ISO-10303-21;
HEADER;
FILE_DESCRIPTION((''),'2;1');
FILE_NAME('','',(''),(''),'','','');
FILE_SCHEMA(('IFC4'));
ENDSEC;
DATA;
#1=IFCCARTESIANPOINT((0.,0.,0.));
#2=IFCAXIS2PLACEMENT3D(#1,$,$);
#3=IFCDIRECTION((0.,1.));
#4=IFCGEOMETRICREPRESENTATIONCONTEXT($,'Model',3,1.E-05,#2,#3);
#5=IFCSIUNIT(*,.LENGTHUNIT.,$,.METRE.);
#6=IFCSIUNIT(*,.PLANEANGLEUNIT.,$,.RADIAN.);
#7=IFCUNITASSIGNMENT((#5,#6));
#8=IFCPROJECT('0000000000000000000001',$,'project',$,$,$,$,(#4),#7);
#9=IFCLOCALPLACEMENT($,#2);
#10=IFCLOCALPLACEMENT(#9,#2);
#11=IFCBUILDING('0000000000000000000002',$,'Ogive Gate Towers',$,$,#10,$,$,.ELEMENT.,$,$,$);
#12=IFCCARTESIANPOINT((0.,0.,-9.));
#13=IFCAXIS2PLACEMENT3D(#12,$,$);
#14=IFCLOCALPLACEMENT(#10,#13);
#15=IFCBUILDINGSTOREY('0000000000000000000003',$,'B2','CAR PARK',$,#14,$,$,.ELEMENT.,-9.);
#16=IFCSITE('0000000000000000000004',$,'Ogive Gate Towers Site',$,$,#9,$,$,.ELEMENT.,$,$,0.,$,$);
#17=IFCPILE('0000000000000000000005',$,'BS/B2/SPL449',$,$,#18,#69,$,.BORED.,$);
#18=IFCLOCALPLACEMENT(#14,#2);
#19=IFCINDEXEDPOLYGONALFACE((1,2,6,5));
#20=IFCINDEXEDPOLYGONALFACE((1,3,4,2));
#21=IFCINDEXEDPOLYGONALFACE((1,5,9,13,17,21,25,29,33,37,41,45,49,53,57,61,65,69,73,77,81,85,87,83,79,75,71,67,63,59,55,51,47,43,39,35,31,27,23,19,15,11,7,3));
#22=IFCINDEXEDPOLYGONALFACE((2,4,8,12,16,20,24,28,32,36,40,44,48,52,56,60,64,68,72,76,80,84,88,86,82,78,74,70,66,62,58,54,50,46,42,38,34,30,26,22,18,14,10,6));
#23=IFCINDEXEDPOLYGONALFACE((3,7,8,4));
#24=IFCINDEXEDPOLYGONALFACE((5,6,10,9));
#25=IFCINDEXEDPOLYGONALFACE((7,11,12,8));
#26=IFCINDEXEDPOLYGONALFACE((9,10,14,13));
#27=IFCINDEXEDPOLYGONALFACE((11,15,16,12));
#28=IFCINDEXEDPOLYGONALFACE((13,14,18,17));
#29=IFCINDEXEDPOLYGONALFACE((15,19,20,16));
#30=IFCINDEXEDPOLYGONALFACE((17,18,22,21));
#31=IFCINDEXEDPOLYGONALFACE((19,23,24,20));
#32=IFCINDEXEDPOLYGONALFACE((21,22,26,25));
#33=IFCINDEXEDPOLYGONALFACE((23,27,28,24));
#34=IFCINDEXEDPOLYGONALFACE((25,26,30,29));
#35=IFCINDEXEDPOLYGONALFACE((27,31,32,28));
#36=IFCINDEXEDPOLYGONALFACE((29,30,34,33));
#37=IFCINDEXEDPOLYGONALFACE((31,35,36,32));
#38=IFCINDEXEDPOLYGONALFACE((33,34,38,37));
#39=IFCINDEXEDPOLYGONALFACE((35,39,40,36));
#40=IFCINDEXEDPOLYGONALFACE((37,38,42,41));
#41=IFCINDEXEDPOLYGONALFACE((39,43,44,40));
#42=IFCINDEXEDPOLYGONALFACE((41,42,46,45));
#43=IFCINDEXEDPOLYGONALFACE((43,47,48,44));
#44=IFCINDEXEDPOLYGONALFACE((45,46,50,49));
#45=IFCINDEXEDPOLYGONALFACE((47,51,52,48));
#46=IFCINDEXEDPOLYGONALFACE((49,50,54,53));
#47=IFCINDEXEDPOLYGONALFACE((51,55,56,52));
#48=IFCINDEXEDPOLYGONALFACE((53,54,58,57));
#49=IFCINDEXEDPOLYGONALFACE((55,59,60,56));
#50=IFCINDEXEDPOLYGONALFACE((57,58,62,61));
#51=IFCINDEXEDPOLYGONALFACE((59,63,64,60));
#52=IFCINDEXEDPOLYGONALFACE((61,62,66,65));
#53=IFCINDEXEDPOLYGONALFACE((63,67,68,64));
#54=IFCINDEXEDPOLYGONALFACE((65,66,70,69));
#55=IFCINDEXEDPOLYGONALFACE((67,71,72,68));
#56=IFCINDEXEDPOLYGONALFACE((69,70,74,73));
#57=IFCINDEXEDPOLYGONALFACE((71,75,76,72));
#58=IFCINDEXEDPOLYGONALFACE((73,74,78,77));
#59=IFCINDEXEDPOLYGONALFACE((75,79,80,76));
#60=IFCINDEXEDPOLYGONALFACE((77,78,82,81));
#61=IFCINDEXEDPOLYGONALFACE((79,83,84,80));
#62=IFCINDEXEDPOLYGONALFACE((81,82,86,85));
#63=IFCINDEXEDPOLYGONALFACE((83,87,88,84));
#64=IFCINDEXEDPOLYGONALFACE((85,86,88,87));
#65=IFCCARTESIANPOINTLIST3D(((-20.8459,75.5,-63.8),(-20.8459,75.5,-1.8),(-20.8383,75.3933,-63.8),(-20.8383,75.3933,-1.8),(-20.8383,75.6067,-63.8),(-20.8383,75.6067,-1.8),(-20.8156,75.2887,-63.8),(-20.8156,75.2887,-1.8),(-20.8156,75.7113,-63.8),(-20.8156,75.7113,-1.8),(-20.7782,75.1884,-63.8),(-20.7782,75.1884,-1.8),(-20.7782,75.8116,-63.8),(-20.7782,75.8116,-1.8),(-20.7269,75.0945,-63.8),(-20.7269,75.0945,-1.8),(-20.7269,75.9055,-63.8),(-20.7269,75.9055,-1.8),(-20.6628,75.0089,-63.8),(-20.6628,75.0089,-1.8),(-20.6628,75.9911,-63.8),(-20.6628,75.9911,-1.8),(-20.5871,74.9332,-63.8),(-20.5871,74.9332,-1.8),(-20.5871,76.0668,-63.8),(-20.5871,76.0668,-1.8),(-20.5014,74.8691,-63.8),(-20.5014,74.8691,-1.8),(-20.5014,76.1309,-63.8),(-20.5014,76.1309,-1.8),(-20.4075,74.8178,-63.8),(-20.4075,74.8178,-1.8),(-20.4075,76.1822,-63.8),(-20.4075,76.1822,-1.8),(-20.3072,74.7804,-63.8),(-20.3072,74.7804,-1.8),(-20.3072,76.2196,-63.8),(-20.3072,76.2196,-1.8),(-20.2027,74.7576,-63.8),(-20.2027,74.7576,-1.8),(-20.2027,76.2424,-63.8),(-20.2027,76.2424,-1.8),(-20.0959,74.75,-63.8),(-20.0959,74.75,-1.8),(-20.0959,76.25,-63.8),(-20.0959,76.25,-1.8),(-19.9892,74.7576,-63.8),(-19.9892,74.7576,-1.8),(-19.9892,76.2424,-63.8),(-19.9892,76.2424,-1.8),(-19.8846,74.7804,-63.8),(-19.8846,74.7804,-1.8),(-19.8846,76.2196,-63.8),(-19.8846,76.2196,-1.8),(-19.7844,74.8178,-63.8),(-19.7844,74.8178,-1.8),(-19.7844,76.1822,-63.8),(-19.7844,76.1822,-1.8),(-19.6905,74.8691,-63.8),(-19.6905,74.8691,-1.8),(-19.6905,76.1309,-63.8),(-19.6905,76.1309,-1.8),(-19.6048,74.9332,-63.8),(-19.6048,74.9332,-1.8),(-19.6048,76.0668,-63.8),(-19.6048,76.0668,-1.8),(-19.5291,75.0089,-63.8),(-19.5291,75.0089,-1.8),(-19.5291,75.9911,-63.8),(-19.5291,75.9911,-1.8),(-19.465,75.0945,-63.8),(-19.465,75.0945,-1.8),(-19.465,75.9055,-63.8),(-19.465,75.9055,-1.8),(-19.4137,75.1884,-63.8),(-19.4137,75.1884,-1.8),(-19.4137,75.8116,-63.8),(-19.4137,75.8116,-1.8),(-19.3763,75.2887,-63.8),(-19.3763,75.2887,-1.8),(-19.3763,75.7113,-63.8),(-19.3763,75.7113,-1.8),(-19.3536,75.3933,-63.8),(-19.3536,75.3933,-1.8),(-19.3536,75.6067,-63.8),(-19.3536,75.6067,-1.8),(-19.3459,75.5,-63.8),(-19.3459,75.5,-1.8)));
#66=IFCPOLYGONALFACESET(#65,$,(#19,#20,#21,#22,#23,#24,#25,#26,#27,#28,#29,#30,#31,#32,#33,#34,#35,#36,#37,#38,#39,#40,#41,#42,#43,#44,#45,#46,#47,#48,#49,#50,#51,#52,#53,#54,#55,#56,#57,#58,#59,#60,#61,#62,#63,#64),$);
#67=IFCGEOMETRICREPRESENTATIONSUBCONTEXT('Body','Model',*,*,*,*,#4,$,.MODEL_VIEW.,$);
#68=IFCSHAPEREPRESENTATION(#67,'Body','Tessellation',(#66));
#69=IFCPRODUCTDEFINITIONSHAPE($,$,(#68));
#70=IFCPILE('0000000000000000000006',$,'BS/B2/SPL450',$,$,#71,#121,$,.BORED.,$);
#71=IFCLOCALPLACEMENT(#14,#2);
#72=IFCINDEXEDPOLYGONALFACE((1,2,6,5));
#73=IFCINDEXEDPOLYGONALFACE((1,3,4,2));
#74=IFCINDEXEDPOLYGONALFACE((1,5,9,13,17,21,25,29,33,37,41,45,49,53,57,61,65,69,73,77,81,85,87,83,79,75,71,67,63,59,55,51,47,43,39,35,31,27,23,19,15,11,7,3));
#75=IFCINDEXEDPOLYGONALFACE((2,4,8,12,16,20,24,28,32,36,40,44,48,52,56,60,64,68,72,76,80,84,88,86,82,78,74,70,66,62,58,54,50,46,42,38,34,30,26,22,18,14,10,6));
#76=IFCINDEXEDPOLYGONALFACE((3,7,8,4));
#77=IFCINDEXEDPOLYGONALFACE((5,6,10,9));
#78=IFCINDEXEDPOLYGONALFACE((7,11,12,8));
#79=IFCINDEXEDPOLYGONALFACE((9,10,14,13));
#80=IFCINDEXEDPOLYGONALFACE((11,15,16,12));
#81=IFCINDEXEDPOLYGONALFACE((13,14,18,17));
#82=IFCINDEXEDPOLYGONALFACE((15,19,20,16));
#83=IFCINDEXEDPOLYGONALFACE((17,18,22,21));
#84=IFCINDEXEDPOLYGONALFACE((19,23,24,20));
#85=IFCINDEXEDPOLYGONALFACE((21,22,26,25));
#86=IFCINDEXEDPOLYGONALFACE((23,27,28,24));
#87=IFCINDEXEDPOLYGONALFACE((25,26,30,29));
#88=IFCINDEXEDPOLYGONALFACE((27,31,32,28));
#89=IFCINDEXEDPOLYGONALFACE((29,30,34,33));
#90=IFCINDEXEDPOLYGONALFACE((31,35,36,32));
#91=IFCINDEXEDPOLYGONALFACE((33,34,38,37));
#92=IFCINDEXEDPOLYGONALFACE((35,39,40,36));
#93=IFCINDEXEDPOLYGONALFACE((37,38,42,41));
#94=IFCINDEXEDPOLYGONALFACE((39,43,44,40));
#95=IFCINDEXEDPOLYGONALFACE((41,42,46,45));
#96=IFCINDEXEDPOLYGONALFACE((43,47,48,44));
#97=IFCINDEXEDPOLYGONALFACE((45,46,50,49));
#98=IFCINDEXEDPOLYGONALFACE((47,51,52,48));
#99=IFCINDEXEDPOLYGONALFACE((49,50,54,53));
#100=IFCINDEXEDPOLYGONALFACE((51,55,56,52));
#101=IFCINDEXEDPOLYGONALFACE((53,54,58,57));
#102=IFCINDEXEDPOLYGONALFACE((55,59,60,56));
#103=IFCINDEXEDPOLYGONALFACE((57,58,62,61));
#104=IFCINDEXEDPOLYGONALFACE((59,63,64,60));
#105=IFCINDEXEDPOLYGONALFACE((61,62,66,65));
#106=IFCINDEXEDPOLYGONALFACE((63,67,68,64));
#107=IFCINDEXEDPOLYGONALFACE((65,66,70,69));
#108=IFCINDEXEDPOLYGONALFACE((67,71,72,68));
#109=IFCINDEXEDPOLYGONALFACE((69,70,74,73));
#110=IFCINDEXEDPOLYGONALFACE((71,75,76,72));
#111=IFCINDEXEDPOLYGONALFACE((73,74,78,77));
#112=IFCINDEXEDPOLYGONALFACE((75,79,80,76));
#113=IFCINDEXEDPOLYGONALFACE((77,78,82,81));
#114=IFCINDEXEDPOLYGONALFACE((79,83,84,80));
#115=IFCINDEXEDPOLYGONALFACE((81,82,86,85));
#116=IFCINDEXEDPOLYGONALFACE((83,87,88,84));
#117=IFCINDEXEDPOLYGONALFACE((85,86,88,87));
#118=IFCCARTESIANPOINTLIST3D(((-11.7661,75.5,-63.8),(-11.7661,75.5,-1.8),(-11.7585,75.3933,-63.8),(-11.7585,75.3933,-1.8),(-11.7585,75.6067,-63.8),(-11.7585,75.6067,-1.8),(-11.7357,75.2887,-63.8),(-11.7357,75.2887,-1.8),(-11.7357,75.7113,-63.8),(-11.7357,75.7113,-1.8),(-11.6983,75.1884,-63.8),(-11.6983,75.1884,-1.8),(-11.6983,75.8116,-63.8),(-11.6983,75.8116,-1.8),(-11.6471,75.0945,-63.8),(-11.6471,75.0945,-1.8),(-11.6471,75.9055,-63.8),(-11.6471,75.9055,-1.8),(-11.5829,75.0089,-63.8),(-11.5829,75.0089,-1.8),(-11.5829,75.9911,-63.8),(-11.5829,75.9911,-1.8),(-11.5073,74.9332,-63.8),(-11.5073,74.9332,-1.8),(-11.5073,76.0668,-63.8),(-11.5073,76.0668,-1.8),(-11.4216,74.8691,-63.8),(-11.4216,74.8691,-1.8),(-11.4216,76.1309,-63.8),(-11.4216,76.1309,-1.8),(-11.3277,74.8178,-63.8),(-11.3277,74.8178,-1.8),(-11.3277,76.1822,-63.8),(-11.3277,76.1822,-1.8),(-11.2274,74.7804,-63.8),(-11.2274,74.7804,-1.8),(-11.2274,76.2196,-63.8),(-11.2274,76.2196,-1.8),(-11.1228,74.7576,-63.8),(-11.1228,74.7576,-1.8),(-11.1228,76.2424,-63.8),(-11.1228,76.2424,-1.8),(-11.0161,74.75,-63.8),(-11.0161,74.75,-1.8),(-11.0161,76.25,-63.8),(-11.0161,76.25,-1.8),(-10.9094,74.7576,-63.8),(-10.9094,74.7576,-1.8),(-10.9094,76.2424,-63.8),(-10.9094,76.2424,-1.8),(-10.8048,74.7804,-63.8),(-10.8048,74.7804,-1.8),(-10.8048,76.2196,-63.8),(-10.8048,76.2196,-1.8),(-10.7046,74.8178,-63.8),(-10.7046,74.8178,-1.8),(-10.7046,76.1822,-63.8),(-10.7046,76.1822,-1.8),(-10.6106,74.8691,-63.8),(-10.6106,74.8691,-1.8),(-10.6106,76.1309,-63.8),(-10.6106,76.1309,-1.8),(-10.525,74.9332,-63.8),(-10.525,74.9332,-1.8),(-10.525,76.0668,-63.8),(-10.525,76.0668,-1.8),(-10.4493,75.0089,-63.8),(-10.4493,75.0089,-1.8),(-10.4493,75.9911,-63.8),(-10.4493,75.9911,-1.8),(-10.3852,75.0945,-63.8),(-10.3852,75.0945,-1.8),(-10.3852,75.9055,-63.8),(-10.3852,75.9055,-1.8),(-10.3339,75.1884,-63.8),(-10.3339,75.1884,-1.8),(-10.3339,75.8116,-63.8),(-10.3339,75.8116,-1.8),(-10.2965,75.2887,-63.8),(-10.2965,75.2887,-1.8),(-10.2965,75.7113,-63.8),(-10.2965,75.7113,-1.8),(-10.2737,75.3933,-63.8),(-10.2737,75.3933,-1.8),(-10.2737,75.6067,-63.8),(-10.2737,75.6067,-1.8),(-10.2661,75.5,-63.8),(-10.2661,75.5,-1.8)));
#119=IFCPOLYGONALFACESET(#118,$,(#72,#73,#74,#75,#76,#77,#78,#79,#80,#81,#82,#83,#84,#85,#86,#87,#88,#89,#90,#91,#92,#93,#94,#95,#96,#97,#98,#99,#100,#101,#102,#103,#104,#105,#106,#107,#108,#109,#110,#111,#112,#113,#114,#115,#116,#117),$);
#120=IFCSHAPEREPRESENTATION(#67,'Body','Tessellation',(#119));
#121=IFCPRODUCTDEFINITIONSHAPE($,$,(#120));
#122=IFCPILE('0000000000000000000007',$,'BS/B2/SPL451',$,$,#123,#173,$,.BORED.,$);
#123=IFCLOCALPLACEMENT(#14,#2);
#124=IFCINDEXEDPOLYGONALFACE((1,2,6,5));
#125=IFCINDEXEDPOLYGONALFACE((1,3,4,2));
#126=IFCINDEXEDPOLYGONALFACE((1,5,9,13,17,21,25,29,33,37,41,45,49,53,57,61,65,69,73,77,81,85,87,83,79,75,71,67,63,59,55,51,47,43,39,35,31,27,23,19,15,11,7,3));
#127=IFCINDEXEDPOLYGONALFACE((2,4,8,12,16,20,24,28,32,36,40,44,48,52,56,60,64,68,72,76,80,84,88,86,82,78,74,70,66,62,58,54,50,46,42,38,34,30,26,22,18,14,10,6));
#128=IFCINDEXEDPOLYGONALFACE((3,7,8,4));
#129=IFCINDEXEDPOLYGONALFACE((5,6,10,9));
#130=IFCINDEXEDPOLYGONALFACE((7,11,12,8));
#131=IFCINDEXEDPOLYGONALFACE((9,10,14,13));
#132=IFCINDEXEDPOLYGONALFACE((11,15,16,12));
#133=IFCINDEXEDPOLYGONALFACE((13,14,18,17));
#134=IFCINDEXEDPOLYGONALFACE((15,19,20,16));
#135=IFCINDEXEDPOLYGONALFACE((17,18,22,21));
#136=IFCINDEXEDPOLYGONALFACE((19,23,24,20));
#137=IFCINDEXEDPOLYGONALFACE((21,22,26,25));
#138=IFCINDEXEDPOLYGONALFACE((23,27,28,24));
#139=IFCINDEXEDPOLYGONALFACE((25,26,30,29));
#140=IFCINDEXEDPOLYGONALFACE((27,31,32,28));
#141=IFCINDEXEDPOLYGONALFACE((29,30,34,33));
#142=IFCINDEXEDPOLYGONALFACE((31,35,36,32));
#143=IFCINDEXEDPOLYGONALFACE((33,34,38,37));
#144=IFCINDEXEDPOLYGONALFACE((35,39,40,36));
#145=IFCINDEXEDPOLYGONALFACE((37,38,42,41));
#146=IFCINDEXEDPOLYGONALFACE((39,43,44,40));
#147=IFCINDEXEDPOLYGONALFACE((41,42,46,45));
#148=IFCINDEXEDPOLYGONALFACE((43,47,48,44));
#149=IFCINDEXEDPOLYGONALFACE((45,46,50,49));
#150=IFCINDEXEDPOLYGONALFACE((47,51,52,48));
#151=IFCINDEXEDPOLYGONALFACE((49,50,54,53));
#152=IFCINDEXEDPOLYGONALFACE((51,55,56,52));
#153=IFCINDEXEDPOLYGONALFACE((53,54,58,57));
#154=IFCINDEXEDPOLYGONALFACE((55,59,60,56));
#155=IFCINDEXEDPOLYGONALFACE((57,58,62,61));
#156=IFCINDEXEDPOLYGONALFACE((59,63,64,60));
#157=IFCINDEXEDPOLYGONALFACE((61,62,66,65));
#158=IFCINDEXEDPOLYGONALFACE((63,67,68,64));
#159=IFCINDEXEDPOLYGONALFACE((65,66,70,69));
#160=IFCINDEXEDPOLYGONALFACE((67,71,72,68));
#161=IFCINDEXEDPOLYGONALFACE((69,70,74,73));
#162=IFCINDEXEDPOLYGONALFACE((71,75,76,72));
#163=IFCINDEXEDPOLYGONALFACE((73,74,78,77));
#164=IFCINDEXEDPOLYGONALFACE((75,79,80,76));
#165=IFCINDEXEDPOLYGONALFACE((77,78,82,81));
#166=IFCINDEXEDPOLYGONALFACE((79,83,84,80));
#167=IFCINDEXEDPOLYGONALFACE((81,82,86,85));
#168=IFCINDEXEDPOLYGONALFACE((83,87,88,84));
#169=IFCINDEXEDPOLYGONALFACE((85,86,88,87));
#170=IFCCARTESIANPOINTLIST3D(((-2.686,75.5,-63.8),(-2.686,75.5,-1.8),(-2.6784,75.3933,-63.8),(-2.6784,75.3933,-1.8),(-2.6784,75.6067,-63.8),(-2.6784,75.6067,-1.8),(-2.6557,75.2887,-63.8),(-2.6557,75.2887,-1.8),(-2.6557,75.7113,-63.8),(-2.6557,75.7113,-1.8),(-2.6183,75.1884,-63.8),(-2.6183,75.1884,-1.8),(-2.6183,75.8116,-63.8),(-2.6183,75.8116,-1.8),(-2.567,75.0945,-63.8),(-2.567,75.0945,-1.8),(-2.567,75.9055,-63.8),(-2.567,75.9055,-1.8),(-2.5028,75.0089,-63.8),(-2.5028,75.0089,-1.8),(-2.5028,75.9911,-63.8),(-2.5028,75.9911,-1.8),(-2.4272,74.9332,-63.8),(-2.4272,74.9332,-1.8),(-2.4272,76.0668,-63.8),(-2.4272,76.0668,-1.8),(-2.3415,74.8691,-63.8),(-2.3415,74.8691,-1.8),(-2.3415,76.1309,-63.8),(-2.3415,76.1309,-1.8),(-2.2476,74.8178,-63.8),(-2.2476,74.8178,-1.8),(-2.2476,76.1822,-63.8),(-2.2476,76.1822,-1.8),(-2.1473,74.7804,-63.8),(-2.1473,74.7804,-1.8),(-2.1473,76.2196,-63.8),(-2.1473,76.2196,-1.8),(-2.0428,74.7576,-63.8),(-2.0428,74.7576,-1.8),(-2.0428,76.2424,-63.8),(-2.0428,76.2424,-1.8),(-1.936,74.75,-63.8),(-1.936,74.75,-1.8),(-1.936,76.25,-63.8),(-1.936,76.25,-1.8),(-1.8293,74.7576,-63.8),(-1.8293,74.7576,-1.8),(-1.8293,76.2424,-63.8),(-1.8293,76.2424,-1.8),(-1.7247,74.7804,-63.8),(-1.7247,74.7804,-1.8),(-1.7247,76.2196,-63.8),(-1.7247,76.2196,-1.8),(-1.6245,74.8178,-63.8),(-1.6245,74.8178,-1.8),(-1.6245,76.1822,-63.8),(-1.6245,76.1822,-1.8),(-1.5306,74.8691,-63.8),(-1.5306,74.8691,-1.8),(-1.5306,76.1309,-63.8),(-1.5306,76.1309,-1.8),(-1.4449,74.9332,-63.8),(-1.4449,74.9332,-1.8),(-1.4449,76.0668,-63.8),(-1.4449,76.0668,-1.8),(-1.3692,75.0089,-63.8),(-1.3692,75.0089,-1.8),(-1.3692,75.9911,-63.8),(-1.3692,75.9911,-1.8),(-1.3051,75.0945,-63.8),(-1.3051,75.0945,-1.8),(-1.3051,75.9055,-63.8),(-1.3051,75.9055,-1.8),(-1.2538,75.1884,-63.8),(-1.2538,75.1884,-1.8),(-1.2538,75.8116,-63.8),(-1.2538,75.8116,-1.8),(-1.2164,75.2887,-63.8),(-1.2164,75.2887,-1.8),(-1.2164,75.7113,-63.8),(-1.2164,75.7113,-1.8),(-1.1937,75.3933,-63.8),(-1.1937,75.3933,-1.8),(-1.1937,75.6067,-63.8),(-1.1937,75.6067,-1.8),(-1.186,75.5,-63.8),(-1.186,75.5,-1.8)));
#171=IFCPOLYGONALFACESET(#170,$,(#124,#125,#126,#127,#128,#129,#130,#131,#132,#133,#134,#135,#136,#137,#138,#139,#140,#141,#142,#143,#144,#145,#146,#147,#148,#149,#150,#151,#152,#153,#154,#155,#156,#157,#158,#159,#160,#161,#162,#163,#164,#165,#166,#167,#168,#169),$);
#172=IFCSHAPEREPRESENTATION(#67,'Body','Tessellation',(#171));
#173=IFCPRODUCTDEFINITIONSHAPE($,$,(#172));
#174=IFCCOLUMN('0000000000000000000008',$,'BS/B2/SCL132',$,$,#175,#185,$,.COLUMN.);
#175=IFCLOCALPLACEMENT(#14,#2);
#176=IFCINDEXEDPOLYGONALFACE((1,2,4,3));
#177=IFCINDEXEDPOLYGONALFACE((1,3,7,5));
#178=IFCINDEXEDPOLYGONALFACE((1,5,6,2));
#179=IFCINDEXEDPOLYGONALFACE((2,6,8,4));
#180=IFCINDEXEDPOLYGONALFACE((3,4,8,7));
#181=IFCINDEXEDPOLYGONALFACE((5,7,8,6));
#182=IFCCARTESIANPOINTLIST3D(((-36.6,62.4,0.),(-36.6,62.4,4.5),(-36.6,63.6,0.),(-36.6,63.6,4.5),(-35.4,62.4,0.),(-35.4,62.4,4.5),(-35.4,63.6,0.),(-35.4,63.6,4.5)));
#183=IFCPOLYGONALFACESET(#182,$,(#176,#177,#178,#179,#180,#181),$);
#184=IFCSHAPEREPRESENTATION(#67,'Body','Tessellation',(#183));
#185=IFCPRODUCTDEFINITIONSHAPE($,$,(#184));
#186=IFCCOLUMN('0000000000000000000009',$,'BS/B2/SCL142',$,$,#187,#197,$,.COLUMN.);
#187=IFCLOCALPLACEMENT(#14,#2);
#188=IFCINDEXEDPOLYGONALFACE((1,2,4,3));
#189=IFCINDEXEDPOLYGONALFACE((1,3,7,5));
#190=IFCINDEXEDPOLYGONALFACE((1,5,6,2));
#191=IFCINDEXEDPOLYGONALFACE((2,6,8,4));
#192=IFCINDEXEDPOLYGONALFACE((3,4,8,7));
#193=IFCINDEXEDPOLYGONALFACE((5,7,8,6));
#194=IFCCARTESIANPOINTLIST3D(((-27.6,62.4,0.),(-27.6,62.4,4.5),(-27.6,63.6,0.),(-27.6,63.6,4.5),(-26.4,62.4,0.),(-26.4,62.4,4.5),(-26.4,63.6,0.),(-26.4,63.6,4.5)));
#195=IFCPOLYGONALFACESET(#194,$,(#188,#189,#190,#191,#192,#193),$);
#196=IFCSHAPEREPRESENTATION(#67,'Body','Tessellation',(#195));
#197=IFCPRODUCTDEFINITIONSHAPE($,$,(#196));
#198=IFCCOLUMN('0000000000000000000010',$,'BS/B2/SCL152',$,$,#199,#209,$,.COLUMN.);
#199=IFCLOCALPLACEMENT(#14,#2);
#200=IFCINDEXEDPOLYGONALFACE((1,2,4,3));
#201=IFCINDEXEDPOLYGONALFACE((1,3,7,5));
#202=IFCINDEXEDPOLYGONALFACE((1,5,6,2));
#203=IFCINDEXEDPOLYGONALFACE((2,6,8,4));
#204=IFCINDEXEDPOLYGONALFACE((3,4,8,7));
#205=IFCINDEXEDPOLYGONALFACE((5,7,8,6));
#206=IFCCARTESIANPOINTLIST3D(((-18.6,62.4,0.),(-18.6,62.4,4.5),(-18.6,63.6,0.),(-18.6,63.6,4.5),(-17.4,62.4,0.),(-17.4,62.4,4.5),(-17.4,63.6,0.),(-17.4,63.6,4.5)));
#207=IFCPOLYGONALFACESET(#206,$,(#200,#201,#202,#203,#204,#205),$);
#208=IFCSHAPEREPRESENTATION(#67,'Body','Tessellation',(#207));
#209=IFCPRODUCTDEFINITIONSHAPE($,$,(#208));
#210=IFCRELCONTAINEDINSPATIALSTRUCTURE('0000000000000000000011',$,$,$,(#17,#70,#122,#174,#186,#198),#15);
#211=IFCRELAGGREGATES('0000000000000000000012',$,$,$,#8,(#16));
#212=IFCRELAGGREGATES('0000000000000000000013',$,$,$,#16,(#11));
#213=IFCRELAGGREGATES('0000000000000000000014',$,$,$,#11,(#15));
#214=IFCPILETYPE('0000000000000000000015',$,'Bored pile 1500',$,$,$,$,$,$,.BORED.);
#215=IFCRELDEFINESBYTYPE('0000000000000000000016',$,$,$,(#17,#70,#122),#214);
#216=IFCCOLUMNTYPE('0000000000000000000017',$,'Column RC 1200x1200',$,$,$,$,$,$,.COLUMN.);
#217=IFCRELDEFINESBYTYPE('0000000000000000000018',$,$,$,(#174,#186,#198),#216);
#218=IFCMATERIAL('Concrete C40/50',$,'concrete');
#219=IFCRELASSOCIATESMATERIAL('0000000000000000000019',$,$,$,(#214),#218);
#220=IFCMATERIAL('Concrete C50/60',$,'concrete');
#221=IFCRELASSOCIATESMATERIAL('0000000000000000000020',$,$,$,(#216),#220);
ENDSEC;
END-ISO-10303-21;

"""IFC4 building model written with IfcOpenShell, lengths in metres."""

from ifc_helpers import new_model, si_unit, direction, frame, origin, origin_2d, place, context, subcontext, project, spatial, rectangle, circle, extrude, material, material_profile, profile_set, type_object, element, save


model = new_model("IFC4")

# Units and contexts
model_context = context("Model", 3, precision=1e-05, world=origin(), true_north=direction((0.0, 1.0)))
body_context = subcontext(model_context, "Body", "Model", "MODEL_VIEW")
ifc_project = project(units=[si_unit("LENGTHUNIT", "METRE"), si_unit("PLANEANGLEUNIT", "RADIAN")], contexts=[model_context])

# Site, building, storey
site_placement = place(None, origin())
site = spatial("IfcSite", under=ifc_project, at=site_placement, Name="Ogive Gate Towers Site", CompositionType="ELEMENT", RefElevation=0.0)
building_placement = place(site_placement, origin())
building = spatial("IfcBuilding", under=site, at=building_placement, Name="Ogive Gate Towers", CompositionType="ELEMENT")
storey_placement = place(building_placement, frame((0.0, 0.0, -9.0)))
storey = spatial("IfcBuildingStorey", under=building, at=storey_placement, Name="B2", Description="CAR PARK", CompositionType="ELEMENT", Elevation=-9.0)

# Piles
ifc_material_1 = material(Name="Concrete C40/50", Category="concrete")
ifc_material_profile_1 = material_profile(ifc_material_1, circle(Radius=0.75, at=origin_2d()), Name="BP 1500")
ifc_profile_set_1 = profile_set([ifc_material_profile_1], Name="Concrete C40/50")
pile_type = type_object("IfcPileType", Name="Bored pile 1500", PredefinedType="BORED", material=ifc_profile_set_1)
for number, where, z_axis, x_axis, name in (
    (1, (-20.0959, 75.5, -1.8), (0.0, 0.0, -1.0), (1.0, 0.0, 0.0), "BS/B2/SPL449"),
    (2, (-11.0161, 75.5, -1.8), (0.0, 0.0, -1.0), (1.0, 0.0, 0.0), "BS/B2/SPL450"),
    (3, (-1.936, 75.5, -1.8), (0.0, 0.0, -1.0), (1.0, 0.0, 0.0), "BS/B2/SPL451"),
):
    element("IfcPile", number, at=place(storey_placement, frame(where, z_axis=z_axis, x_axis=x_axis)), inside=storey, type_object=pile_type, Name=name, PredefinedType="BORED", context=body_context, shape_type="SweptSolid", body=[
        extrude(circle(Radius=0.75, at=origin_2d()), origin(), (0.0, 0.0, 1.0), 62.0),
    ])

# Columns
ifc_material_2 = material(Name="Concrete C50/60", Category="concrete")
ifc_material_profile_2 = material_profile(ifc_material_2, rectangle(XDim=1.2, YDim=1.2, at=origin_2d()), Name="RC 1200x1200")
ifc_profile_set_2 = profile_set([ifc_material_profile_2], Name="Concrete C50/60")
column_type = type_object("IfcColumnType", Name="Column RC 1200x1200", PredefinedType="COLUMN", material=ifc_profile_set_2)
for number, where, z_axis, x_axis, name in (
    (4, (-36.0, 63.0, 0.0), (0.0, 0.0, 1.0), (1.0, 0.0, 0.0), "BS/B2/SCL132"),
    (5, (-27.0, 63.0, 0.0), (0.0, 0.0, 1.0), (1.0, 0.0, 0.0), "BS/B2/SCL142"),
    (6, (-18.0, 63.0, 0.0), (0.0, 0.0, 1.0), (1.0, 0.0, 0.0), "BS/B2/SCL152"),
):
    element("IfcColumn", number, at=place(storey_placement, frame(where, z_axis=z_axis, x_axis=x_axis)), inside=storey, type_object=column_type, Name=name, PredefinedType="COLUMN", context=body_context, shape_type="SweptSolid", body=[
        extrude(rectangle(XDim=1.2, YDim=1.2, at=origin_2d()), origin(), (0.0, 0.0, 1.0), 4.5),
    ])

save(model, "model.ifc")
